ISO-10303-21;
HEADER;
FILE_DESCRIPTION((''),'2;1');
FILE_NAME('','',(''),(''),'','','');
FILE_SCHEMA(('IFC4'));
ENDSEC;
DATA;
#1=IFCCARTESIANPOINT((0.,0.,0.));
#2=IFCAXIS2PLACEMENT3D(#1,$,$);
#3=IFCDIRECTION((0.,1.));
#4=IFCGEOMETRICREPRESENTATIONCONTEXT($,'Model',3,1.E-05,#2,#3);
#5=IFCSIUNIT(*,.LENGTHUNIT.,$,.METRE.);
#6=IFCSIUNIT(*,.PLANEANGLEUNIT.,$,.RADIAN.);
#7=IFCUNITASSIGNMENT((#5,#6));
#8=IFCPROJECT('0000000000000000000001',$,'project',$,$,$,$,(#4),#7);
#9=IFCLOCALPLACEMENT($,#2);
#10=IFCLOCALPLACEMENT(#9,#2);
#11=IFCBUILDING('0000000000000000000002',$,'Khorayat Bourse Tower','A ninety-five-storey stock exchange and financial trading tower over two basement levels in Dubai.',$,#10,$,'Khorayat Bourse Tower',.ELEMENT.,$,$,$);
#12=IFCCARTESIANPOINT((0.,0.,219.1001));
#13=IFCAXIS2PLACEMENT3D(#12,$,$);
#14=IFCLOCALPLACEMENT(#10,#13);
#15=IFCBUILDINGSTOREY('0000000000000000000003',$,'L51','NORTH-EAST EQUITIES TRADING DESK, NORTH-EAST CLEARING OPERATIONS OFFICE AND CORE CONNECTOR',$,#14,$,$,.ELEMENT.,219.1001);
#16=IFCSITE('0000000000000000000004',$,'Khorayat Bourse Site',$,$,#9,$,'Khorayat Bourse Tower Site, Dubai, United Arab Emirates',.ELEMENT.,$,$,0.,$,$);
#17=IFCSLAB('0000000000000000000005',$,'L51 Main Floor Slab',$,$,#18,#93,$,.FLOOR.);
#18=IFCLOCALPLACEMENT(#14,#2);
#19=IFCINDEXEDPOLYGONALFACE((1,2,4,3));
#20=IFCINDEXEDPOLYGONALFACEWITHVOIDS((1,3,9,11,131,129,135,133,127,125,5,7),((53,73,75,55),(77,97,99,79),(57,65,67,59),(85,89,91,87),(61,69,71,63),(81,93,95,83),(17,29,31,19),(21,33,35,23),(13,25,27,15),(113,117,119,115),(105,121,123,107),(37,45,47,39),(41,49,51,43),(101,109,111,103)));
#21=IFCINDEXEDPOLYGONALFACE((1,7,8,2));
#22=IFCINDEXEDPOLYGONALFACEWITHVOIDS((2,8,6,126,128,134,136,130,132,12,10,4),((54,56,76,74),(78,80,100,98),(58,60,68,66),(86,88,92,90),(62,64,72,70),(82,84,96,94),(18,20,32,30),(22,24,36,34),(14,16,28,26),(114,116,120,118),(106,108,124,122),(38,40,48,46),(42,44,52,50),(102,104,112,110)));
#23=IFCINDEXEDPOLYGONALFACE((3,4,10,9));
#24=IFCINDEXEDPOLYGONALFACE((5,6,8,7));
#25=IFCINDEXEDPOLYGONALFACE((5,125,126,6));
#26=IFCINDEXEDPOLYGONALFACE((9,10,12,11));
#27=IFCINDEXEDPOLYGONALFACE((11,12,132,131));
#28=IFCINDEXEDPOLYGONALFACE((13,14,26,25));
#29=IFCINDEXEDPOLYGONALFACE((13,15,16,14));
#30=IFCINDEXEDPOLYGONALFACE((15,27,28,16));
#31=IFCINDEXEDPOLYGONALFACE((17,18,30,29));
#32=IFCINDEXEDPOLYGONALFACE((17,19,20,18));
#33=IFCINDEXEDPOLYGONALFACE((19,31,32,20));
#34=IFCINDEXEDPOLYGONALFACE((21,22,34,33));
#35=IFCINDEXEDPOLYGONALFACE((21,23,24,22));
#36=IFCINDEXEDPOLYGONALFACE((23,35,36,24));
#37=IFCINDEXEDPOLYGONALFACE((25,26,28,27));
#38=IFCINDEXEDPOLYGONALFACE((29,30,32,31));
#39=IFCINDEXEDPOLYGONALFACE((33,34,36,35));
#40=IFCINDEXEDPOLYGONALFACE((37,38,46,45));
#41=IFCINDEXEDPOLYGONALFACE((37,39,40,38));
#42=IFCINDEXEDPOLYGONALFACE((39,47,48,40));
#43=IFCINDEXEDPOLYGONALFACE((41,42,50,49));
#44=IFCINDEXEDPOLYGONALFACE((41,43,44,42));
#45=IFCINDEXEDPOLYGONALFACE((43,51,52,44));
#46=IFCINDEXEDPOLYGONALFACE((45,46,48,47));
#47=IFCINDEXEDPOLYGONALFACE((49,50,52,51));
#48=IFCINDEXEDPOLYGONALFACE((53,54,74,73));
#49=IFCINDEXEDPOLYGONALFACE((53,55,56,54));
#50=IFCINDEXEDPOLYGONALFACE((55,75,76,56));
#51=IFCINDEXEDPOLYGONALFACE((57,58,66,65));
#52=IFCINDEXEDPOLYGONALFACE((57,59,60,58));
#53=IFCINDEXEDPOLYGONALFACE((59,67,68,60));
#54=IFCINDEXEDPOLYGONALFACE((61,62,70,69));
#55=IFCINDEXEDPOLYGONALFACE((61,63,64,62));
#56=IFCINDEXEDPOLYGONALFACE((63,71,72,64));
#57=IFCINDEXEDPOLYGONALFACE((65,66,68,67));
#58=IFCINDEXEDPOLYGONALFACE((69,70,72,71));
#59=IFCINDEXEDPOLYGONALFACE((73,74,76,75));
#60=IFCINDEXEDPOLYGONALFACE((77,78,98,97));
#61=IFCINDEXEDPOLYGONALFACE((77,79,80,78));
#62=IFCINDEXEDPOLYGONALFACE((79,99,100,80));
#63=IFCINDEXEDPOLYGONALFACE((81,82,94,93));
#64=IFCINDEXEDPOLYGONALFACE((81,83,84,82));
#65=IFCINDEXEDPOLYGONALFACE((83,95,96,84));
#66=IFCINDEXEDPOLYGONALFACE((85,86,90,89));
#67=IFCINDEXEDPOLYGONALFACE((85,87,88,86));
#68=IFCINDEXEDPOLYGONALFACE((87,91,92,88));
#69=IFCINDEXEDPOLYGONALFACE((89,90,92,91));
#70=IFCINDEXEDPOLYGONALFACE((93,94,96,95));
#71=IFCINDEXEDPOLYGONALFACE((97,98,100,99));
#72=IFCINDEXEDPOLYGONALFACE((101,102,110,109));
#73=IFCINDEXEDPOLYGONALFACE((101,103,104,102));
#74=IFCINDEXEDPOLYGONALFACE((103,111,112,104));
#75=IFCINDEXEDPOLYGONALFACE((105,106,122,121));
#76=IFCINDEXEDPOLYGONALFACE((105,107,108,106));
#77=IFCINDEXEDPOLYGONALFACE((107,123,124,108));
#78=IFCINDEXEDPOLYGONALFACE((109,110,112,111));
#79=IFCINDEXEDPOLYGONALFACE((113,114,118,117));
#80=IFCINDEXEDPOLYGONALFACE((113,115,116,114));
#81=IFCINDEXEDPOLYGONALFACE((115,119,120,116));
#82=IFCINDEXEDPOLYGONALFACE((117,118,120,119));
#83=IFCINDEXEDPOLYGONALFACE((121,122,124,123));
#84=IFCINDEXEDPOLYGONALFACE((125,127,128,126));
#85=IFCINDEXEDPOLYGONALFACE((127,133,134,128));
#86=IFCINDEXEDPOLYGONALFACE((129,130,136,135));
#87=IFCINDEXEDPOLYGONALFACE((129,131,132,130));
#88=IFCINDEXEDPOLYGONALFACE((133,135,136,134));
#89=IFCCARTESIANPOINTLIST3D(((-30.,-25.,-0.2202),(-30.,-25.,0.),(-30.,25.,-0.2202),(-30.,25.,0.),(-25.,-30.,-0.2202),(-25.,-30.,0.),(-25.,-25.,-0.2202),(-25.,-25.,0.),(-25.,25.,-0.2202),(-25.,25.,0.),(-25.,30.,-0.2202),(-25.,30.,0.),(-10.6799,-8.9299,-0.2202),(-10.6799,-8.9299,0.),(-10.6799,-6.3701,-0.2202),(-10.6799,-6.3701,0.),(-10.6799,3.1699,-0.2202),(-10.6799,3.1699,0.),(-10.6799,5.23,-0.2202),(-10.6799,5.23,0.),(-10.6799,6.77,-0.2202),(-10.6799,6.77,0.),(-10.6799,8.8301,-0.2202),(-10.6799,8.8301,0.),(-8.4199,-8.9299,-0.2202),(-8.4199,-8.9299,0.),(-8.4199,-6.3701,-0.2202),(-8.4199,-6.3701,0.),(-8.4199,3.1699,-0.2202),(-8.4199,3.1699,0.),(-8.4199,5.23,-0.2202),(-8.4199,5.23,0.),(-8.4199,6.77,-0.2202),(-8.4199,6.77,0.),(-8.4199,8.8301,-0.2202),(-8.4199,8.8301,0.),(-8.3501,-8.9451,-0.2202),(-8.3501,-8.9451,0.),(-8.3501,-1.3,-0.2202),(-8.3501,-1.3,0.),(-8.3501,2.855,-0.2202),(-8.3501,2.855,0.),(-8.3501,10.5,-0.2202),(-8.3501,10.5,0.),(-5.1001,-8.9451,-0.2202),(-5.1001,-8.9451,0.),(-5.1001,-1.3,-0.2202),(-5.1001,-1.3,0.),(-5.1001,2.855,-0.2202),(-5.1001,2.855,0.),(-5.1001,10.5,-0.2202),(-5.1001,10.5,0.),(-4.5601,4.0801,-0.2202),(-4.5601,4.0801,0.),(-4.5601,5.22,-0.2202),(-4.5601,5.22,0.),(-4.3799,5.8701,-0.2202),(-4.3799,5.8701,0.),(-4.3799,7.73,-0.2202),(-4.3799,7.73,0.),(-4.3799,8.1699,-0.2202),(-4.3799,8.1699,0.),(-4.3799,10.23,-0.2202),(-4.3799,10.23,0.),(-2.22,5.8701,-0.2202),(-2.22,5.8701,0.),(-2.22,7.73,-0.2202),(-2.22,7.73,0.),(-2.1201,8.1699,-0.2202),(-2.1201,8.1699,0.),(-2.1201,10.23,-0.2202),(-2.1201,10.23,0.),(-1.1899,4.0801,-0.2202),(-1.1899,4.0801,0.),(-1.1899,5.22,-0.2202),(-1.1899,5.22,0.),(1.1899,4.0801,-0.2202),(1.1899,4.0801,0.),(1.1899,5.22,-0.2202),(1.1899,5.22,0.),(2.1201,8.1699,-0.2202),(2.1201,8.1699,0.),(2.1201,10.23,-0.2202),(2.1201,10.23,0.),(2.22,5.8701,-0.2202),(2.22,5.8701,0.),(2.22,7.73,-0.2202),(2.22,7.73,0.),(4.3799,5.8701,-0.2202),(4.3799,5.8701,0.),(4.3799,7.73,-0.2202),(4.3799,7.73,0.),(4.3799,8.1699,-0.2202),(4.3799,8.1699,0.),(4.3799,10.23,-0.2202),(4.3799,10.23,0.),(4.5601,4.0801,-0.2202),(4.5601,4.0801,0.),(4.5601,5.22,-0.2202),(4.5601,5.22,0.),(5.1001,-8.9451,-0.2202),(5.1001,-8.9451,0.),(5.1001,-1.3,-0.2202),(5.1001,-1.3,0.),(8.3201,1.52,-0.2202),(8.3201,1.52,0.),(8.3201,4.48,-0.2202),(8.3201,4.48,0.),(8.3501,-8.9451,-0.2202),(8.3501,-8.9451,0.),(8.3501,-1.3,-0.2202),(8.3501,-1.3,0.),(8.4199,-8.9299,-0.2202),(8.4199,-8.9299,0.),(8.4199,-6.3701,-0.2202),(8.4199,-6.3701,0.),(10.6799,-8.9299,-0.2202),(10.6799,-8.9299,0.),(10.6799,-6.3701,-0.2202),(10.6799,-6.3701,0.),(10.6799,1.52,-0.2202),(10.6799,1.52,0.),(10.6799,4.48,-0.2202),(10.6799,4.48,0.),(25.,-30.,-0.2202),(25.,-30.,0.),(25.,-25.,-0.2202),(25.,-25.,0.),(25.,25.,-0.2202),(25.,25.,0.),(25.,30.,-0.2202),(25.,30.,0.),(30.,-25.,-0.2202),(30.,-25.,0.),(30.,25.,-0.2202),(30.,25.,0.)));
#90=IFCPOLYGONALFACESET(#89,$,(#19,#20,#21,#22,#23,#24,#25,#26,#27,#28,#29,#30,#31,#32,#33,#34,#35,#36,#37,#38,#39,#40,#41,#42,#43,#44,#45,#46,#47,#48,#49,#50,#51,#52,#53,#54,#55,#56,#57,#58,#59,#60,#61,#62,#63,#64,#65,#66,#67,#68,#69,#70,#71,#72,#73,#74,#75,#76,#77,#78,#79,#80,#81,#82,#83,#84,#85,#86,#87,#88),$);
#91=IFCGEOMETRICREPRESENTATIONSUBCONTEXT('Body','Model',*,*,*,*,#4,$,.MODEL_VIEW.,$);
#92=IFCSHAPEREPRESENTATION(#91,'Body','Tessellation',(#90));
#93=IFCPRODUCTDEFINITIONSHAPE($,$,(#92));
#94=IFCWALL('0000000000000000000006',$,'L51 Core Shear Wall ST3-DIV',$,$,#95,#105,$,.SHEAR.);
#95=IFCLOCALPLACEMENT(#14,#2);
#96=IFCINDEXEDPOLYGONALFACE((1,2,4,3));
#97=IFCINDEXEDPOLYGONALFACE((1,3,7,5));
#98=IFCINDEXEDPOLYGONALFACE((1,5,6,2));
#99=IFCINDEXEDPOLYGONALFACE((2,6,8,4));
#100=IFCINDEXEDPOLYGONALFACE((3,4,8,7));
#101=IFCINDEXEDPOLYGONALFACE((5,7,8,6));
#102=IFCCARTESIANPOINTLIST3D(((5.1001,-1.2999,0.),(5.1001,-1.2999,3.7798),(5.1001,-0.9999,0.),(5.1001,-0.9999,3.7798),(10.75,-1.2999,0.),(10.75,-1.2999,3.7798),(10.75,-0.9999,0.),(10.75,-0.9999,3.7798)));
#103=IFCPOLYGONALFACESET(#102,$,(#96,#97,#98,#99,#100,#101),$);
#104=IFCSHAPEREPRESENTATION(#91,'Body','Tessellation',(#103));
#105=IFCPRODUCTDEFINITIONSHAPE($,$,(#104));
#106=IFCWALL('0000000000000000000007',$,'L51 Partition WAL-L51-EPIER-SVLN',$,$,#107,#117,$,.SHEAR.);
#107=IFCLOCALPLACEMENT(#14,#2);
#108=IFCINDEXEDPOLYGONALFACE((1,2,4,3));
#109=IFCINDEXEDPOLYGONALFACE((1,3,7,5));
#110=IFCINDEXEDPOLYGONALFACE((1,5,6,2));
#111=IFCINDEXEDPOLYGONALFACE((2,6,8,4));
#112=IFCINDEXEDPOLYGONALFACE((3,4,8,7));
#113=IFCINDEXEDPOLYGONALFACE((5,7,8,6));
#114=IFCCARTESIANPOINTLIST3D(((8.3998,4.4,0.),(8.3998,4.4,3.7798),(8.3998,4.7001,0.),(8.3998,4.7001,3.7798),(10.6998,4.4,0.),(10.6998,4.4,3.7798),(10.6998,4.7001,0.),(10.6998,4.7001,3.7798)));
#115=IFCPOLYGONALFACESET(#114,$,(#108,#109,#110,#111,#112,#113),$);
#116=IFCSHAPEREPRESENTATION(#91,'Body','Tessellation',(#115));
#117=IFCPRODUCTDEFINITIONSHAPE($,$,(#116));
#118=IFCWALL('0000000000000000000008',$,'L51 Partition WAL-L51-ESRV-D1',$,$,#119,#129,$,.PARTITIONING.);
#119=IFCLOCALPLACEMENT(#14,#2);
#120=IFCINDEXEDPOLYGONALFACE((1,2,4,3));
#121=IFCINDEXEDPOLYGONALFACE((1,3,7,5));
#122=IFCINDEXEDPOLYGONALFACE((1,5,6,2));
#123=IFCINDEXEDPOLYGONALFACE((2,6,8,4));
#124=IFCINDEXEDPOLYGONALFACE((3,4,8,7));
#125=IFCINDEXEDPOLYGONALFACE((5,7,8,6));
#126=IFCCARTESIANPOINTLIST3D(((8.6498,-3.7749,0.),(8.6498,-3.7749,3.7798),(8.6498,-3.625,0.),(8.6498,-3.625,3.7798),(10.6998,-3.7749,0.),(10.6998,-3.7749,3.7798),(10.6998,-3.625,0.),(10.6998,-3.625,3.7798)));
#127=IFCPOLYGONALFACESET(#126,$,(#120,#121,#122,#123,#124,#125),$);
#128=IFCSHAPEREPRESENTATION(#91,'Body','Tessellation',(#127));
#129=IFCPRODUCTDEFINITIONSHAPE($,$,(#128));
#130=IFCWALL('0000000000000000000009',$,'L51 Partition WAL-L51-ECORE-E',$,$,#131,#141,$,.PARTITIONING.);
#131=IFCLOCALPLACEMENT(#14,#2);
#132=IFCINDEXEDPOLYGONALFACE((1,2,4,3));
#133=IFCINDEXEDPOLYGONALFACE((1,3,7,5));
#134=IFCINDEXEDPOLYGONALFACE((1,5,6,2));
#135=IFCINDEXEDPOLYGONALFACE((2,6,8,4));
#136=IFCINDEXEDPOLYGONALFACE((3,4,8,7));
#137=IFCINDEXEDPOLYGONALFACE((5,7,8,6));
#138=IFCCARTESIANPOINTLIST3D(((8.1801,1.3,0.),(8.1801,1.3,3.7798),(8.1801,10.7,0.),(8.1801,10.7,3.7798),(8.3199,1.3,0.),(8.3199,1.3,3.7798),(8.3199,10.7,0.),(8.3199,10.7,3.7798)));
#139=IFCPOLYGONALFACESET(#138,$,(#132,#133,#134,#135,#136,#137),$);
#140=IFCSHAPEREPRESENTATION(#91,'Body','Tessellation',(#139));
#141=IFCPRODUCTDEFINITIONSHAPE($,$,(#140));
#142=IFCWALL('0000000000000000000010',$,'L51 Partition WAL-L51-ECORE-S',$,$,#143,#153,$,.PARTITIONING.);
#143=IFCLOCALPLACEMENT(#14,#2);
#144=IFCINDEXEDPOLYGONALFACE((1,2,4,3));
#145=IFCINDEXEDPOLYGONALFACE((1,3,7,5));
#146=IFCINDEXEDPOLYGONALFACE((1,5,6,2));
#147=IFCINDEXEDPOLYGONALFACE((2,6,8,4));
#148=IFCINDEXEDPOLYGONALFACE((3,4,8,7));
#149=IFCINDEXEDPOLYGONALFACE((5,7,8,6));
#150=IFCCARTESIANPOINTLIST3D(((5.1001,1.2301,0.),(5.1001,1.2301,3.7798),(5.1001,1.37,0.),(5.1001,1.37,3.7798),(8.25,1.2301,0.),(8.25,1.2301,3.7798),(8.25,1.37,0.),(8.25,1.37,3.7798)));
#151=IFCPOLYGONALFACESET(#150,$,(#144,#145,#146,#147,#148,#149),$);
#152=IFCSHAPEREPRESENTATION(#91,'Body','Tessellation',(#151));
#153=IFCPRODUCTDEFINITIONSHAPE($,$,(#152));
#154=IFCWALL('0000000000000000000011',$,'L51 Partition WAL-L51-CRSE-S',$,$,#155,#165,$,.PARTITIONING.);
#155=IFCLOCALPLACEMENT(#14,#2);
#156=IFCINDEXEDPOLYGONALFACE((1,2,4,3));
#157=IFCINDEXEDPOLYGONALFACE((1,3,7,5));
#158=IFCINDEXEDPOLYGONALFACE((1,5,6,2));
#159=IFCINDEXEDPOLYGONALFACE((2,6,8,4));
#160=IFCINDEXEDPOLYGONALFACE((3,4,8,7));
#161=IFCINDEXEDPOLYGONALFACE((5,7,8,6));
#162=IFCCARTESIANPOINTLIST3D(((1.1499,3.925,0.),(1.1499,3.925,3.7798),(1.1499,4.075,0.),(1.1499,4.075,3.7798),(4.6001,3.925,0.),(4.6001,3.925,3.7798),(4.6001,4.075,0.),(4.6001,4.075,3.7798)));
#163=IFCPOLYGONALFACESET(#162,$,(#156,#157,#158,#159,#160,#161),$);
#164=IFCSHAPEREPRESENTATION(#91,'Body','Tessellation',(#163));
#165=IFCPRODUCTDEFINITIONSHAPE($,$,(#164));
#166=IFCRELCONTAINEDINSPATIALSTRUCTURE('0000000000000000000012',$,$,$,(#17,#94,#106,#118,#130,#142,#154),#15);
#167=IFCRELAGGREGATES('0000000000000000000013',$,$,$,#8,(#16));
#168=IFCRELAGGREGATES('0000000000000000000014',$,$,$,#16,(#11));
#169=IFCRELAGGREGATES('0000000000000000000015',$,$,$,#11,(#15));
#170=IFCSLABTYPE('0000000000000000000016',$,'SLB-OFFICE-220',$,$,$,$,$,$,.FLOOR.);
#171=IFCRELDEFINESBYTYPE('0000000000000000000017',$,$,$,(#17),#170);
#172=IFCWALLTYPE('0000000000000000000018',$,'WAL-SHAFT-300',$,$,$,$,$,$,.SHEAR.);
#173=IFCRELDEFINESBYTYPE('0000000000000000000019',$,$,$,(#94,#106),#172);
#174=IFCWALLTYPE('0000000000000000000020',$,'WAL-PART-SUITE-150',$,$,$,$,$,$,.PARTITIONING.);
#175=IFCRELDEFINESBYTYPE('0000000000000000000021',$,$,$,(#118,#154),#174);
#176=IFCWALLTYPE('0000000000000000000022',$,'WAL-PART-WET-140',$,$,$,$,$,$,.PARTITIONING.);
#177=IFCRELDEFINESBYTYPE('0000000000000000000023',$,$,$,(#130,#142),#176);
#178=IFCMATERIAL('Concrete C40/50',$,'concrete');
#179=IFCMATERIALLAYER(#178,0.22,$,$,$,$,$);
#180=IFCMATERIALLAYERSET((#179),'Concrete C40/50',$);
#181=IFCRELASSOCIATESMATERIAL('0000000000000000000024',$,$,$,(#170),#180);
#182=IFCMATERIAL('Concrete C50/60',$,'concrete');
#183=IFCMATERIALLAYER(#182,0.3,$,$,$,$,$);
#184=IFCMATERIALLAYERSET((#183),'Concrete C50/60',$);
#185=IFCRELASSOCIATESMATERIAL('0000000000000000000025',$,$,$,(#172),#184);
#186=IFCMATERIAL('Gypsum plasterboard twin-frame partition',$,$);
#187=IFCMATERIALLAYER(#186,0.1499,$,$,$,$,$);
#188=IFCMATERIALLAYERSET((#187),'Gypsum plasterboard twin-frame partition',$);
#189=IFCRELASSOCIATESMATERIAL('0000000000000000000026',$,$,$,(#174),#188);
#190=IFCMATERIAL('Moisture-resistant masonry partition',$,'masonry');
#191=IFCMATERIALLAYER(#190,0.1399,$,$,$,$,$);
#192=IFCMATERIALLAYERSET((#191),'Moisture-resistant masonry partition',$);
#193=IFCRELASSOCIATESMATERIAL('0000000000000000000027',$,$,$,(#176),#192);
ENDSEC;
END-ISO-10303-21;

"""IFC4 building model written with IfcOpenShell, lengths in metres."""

from ifc_helpers import new_model, si_unit, direction, frame, frame_2d, origin, place, context, subcontext, project, spatial, polyline, rectangle, outline, extrude, source, transform, mapped, material, layer, layer_set, type_object, element, save


model = new_model("IFC4")

# Units and contexts
model_context = context("Model", 3, precision=1e-05, world=origin(), true_north=direction((0.0, 1.0)))
body_context = subcontext(model_context, "Body", "Model", "MODEL_VIEW")
ifc_project = project(units=[si_unit("LENGTHUNIT", "METRE"), si_unit("PLANEANGLEUNIT", "RADIAN")], contexts=[model_context])

# Site, building, storey
site_placement = place(None, origin())
site = spatial("IfcSite", under=ifc_project, at=site_placement, Name="Khorayat Bourse Site", LongName="Khorayat Bourse Tower Site, Dubai, United Arab Emirates", CompositionType="ELEMENT", RefElevation=0.0)
building_placement = place(site_placement, origin())
building = spatial("IfcBuilding", under=site, at=building_placement, Name="Khorayat Bourse Tower", Description="A ninety-five-storey stock exchange and financial trading tower over two basement levels in Dubai.", LongName="Khorayat Bourse Tower", CompositionType="ELEMENT")
storey_placement = place(building_placement, frame((0.0, 0.0, 219.1001)))
storey = spatial("IfcBuildingStorey", under=building, at=storey_placement, Name="L51", Description="NORTH-EAST EQUITIES TRADING DESK, NORTH-EAST CLEARING OPERATIONS OFFICE AND CORE CONNECTOR", CompositionType="ELEMENT", Elevation=219.1001)

# Shared definitions
ifc_material_1 = material(Name="Concrete C40/50", Category="concrete")

# Slab
ifc_layer_1 = layer(ifc_material_1, 0.22)
ifc_layer_set_1 = layer_set([ifc_layer_1], Name="Concrete C40/50")
slab_type_1 = type_object("IfcSlabType", Name="SLB-OFFICE-220", PredefinedType="FLOOR", material=ifc_layer_set_1)
slab_1_placement = place(storey_placement, frame((0.0, 0.0, -0.2202)))
element("IfcSlab", 1, at=slab_1_placement, inside=storey, type_object=slab_type_1, Name="L51 Main Floor Slab", PredefinedType="FLOOR", context=body_context, shape_type="SweptSolid", body=[
    extrude(outline(polyline([(-25.0, -30.0), (25.0, -30.0), (25.0, -25.0), (30.0, -25.0), (30.0, 25.0), (25.0, 25.0), (25.0, 30.0), (-25.0, 30.0), (-25.0, 25.0), (-30.0, 25.0), (-30.0, -25.0), (-25.0, -25.0), (-25.0, -30.0)]), holes=[polyline([(-8.3501, -8.9451), (-5.1001, -8.9451), (-5.1001, -1.3), (-8.3501, -1.3), (-8.3501, -8.9451)]), polyline([(-8.3501, 2.855), (-5.1001, 2.855), (-5.1001, 10.5), (-8.3501, 10.5), (-8.3501, 2.855)]), polyline([(5.1001, -8.9451), (8.3501, -8.9451), (8.3501, -1.3), (5.1001, -1.3), (5.1001, -8.9451)]), polyline([(-4.3799, 8.1699), (-2.1201, 8.1699), (-2.1201, 10.23), (-4.3799, 10.23), (-4.3799, 8.1699)]), polyline([(2.1201, 8.1699), (4.3799, 8.1699), (4.3799, 10.23), (2.1201, 10.23), (2.1201, 8.1699)]), polyline([(-4.3799, 5.8701), (-2.22, 5.8701), (-2.22, 7.73), (-4.3799, 7.73), (-4.3799, 5.8701)]), polyline([(2.22, 5.8701), (4.3799, 5.8701), (4.3799, 7.73), (2.22, 7.73), (2.22, 5.8701)]), polyline([(-10.6799, 3.1699), (-8.4199, 3.1699), (-8.4199, 5.23), (-10.6799, 5.23), (-10.6799, 3.1699)]), polyline([(-10.6799, 6.77), (-8.4199, 6.77), (-8.4199, 8.8301), (-10.6799, 8.8301), (-10.6799, 6.77)]), polyline([(-10.6799, -8.9299), (-8.4199, -8.9299), (-8.4199, -6.3701), (-10.6799, -6.3701), (-10.6799, -8.9299)]), polyline([(8.4199, -8.9299), (10.6799, -8.9299), (10.6799, -6.3701), (8.4199, -6.3701), (8.4199, -8.9299)]), polyline([(8.3201, 1.52), (10.6799, 1.52), (10.6799, 4.48), (8.3201, 4.48), (8.3201, 1.52)]), polyline([(-4.5601, 4.0801), (-1.1899, 4.0801), (-1.1899, 5.22), (-4.5601, 5.22), (-4.5601, 4.0801)]), polyline([(1.1899, 4.0801), (4.5601, 4.0801), (4.5601, 5.22), (1.1899, 5.22), (1.1899, 4.0801)])]), origin(), (0.0, 0.0, 1.0), 0.2202),
])

# Walls
ifc_material_2 = material(Name="Concrete C50/60", Category="concrete")
ifc_layer_2 = layer(ifc_material_2, 0.3)
ifc_layer_set_2 = layer_set([ifc_layer_2], Name="Concrete C50/60")
wall_type_1 = type_object("IfcWallType", Name="WAL-SHAFT-300", PredefinedType="SHEAR", material=ifc_layer_set_2)
shared_shape_1 = source(origin(), body_context, "Body", "SweptSolid", [
    extrude(rectangle(XDim=5.6499, YDim=0.3, at=frame_2d((2.825, 0.0))), origin(), (0.0, 0.0, 1.0), 3.7798),
])
wall_1_placement = place(storey_placement, frame((5.1001, -1.1499, 0.0), z_axis=(0.0, 0.0, 1.0), x_axis=(1.0, 0.0, 0.0)))
element("IfcWall", 2, at=wall_1_placement, inside=storey, type_object=wall_type_1, Name="L51 Core Shear Wall ST3-DIV", PredefinedType="SHEAR", context=body_context, shape_type="MappedRepresentation", body=[
    mapped(shared_shape_1, transform((0.0, 0.0, 0.0), scale=1.0)),
])
shared_shape_2 = source(origin(), body_context, "Body", "SweptSolid", [
    extrude(rectangle(XDim=2.3, YDim=0.3, at=frame_2d((1.1499, 0.0))), origin(), (0.0, 0.0, 1.0), 3.7798),
])
wall_2_placement = place(storey_placement, frame((8.3999, 4.55, 0.0), z_axis=(0.0, 0.0, 1.0), x_axis=(1.0, 0.0, 0.0)))
element("IfcWall", 3, at=wall_2_placement, inside=storey, type_object=wall_type_1, Name="L51 Partition WAL-L51-EPIER-SVLN", PredefinedType="SHEAR", context=body_context, shape_type="MappedRepresentation", body=[
    mapped(shared_shape_2, transform((0.0, 0.0, 0.0), scale=1.0)),
])
ifc_material_3 = material(Name="Gypsum plasterboard twin-frame partition")
ifc_layer_3 = layer(ifc_material_3, 0.1499)
ifc_layer_set_3 = layer_set([ifc_layer_3], Name="Gypsum plasterboard twin-frame partition")
wall_type_2 = type_object("IfcWallType", Name="WAL-PART-SUITE-150", PredefinedType="PARTITIONING", material=ifc_layer_set_3)
shared_shape_3 = source(origin(), body_context, "Body", "SweptSolid", [
    extrude(rectangle(XDim=2.05, YDim=0.1499, at=frame_2d((1.0249, 0.0))), origin(), (0.0, 0.0, 1.0), 3.7798),
])
wall_3_placement = place(storey_placement, frame((8.6499, -3.7, 0.0), z_axis=(0.0, 0.0, 1.0), x_axis=(1.0, 0.0, 0.0)))
element("IfcWall", 4, at=wall_3_placement, inside=storey, type_object=wall_type_2, Name="L51 Partition WAL-L51-ESRV-D1", PredefinedType="PARTITIONING", context=body_context, shape_type="MappedRepresentation", body=[
    mapped(shared_shape_3, transform((0.0, 0.0, 0.0), scale=1.0)),
])
ifc_material_4 = material(Name="Moisture-resistant masonry partition", Category="masonry")
ifc_layer_4 = layer(ifc_material_4, 0.1399)
ifc_layer_set_4 = layer_set([ifc_layer_4], Name="Moisture-resistant masonry partition")
wall_type_3 = type_object("IfcWallType", Name="WAL-PART-WET-140", PredefinedType="PARTITIONING", material=ifc_layer_set_4)
shared_shape_4 = source(origin(), body_context, "Body", "SweptSolid", [
    extrude(rectangle(XDim=9.3999, YDim=0.1399, at=frame_2d((4.7, 0.0))), origin(), (0.0, 0.0, 1.0), 3.7798),
])
wall_4_placement = place(storey_placement, frame((8.25, 1.3, 0.0), z_axis=(0.0, 0.0, 1.0), x_axis=(0.0, 1.0, 0.0)))
element("IfcWall", 5, at=wall_4_placement, inside=storey, type_object=wall_type_3, Name="L51 Partition WAL-L51-ECORE-E", PredefinedType="PARTITIONING", context=body_context, shape_type="MappedRepresentation", body=[
    mapped(shared_shape_4, transform((0.0, 0.0, 0.0), scale=1.0)),
])
shared_shape_5 = source(origin(), body_context, "Body", "SweptSolid", [
    extrude(rectangle(XDim=3.1499, YDim=0.1399, at=frame_2d((1.575, 0.0))), origin(), (0.0, 0.0, 1.0), 3.7798),
])
wall_5_placement = place(storey_placement, frame((5.1001, 1.3, 0.0), z_axis=(0.0, 0.0, 1.0), x_axis=(1.0, 0.0, 0.0)))
element("IfcWall", 6, at=wall_5_placement, inside=storey, type_object=wall_type_3, Name="L51 Partition WAL-L51-ECORE-S", PredefinedType="PARTITIONING", context=body_context, shape_type="MappedRepresentation", body=[
    mapped(shared_shape_5, transform((0.0, 0.0, 0.0), scale=1.0)),
])

# Wall
shared_shape_6 = source(origin(), body_context, "Body", "SweptSolid", [
    extrude(rectangle(XDim=3.4502, YDim=0.1499, at=frame_2d((1.7251, 0.0))), origin(), (0.0, 0.0, 1.0), 3.7798),
])
wall_6_placement = place(storey_placement, frame((1.1499, 4.0, 0.0), z_axis=(0.0, 0.0, 1.0), x_axis=(1.0, 0.0, 0.0)))
element("IfcWall", 7, at=wall_6_placement, inside=storey, type_object=wall_type_2, Name="L51 Partition WAL-L51-CRSE-S", PredefinedType="PARTITIONING", context=body_context, shape_type="MappedRepresentation", body=[
    mapped(shared_shape_6, transform((0.0, 0.0, 0.0), scale=1.0)),
])

save(model, "model.ifc")
